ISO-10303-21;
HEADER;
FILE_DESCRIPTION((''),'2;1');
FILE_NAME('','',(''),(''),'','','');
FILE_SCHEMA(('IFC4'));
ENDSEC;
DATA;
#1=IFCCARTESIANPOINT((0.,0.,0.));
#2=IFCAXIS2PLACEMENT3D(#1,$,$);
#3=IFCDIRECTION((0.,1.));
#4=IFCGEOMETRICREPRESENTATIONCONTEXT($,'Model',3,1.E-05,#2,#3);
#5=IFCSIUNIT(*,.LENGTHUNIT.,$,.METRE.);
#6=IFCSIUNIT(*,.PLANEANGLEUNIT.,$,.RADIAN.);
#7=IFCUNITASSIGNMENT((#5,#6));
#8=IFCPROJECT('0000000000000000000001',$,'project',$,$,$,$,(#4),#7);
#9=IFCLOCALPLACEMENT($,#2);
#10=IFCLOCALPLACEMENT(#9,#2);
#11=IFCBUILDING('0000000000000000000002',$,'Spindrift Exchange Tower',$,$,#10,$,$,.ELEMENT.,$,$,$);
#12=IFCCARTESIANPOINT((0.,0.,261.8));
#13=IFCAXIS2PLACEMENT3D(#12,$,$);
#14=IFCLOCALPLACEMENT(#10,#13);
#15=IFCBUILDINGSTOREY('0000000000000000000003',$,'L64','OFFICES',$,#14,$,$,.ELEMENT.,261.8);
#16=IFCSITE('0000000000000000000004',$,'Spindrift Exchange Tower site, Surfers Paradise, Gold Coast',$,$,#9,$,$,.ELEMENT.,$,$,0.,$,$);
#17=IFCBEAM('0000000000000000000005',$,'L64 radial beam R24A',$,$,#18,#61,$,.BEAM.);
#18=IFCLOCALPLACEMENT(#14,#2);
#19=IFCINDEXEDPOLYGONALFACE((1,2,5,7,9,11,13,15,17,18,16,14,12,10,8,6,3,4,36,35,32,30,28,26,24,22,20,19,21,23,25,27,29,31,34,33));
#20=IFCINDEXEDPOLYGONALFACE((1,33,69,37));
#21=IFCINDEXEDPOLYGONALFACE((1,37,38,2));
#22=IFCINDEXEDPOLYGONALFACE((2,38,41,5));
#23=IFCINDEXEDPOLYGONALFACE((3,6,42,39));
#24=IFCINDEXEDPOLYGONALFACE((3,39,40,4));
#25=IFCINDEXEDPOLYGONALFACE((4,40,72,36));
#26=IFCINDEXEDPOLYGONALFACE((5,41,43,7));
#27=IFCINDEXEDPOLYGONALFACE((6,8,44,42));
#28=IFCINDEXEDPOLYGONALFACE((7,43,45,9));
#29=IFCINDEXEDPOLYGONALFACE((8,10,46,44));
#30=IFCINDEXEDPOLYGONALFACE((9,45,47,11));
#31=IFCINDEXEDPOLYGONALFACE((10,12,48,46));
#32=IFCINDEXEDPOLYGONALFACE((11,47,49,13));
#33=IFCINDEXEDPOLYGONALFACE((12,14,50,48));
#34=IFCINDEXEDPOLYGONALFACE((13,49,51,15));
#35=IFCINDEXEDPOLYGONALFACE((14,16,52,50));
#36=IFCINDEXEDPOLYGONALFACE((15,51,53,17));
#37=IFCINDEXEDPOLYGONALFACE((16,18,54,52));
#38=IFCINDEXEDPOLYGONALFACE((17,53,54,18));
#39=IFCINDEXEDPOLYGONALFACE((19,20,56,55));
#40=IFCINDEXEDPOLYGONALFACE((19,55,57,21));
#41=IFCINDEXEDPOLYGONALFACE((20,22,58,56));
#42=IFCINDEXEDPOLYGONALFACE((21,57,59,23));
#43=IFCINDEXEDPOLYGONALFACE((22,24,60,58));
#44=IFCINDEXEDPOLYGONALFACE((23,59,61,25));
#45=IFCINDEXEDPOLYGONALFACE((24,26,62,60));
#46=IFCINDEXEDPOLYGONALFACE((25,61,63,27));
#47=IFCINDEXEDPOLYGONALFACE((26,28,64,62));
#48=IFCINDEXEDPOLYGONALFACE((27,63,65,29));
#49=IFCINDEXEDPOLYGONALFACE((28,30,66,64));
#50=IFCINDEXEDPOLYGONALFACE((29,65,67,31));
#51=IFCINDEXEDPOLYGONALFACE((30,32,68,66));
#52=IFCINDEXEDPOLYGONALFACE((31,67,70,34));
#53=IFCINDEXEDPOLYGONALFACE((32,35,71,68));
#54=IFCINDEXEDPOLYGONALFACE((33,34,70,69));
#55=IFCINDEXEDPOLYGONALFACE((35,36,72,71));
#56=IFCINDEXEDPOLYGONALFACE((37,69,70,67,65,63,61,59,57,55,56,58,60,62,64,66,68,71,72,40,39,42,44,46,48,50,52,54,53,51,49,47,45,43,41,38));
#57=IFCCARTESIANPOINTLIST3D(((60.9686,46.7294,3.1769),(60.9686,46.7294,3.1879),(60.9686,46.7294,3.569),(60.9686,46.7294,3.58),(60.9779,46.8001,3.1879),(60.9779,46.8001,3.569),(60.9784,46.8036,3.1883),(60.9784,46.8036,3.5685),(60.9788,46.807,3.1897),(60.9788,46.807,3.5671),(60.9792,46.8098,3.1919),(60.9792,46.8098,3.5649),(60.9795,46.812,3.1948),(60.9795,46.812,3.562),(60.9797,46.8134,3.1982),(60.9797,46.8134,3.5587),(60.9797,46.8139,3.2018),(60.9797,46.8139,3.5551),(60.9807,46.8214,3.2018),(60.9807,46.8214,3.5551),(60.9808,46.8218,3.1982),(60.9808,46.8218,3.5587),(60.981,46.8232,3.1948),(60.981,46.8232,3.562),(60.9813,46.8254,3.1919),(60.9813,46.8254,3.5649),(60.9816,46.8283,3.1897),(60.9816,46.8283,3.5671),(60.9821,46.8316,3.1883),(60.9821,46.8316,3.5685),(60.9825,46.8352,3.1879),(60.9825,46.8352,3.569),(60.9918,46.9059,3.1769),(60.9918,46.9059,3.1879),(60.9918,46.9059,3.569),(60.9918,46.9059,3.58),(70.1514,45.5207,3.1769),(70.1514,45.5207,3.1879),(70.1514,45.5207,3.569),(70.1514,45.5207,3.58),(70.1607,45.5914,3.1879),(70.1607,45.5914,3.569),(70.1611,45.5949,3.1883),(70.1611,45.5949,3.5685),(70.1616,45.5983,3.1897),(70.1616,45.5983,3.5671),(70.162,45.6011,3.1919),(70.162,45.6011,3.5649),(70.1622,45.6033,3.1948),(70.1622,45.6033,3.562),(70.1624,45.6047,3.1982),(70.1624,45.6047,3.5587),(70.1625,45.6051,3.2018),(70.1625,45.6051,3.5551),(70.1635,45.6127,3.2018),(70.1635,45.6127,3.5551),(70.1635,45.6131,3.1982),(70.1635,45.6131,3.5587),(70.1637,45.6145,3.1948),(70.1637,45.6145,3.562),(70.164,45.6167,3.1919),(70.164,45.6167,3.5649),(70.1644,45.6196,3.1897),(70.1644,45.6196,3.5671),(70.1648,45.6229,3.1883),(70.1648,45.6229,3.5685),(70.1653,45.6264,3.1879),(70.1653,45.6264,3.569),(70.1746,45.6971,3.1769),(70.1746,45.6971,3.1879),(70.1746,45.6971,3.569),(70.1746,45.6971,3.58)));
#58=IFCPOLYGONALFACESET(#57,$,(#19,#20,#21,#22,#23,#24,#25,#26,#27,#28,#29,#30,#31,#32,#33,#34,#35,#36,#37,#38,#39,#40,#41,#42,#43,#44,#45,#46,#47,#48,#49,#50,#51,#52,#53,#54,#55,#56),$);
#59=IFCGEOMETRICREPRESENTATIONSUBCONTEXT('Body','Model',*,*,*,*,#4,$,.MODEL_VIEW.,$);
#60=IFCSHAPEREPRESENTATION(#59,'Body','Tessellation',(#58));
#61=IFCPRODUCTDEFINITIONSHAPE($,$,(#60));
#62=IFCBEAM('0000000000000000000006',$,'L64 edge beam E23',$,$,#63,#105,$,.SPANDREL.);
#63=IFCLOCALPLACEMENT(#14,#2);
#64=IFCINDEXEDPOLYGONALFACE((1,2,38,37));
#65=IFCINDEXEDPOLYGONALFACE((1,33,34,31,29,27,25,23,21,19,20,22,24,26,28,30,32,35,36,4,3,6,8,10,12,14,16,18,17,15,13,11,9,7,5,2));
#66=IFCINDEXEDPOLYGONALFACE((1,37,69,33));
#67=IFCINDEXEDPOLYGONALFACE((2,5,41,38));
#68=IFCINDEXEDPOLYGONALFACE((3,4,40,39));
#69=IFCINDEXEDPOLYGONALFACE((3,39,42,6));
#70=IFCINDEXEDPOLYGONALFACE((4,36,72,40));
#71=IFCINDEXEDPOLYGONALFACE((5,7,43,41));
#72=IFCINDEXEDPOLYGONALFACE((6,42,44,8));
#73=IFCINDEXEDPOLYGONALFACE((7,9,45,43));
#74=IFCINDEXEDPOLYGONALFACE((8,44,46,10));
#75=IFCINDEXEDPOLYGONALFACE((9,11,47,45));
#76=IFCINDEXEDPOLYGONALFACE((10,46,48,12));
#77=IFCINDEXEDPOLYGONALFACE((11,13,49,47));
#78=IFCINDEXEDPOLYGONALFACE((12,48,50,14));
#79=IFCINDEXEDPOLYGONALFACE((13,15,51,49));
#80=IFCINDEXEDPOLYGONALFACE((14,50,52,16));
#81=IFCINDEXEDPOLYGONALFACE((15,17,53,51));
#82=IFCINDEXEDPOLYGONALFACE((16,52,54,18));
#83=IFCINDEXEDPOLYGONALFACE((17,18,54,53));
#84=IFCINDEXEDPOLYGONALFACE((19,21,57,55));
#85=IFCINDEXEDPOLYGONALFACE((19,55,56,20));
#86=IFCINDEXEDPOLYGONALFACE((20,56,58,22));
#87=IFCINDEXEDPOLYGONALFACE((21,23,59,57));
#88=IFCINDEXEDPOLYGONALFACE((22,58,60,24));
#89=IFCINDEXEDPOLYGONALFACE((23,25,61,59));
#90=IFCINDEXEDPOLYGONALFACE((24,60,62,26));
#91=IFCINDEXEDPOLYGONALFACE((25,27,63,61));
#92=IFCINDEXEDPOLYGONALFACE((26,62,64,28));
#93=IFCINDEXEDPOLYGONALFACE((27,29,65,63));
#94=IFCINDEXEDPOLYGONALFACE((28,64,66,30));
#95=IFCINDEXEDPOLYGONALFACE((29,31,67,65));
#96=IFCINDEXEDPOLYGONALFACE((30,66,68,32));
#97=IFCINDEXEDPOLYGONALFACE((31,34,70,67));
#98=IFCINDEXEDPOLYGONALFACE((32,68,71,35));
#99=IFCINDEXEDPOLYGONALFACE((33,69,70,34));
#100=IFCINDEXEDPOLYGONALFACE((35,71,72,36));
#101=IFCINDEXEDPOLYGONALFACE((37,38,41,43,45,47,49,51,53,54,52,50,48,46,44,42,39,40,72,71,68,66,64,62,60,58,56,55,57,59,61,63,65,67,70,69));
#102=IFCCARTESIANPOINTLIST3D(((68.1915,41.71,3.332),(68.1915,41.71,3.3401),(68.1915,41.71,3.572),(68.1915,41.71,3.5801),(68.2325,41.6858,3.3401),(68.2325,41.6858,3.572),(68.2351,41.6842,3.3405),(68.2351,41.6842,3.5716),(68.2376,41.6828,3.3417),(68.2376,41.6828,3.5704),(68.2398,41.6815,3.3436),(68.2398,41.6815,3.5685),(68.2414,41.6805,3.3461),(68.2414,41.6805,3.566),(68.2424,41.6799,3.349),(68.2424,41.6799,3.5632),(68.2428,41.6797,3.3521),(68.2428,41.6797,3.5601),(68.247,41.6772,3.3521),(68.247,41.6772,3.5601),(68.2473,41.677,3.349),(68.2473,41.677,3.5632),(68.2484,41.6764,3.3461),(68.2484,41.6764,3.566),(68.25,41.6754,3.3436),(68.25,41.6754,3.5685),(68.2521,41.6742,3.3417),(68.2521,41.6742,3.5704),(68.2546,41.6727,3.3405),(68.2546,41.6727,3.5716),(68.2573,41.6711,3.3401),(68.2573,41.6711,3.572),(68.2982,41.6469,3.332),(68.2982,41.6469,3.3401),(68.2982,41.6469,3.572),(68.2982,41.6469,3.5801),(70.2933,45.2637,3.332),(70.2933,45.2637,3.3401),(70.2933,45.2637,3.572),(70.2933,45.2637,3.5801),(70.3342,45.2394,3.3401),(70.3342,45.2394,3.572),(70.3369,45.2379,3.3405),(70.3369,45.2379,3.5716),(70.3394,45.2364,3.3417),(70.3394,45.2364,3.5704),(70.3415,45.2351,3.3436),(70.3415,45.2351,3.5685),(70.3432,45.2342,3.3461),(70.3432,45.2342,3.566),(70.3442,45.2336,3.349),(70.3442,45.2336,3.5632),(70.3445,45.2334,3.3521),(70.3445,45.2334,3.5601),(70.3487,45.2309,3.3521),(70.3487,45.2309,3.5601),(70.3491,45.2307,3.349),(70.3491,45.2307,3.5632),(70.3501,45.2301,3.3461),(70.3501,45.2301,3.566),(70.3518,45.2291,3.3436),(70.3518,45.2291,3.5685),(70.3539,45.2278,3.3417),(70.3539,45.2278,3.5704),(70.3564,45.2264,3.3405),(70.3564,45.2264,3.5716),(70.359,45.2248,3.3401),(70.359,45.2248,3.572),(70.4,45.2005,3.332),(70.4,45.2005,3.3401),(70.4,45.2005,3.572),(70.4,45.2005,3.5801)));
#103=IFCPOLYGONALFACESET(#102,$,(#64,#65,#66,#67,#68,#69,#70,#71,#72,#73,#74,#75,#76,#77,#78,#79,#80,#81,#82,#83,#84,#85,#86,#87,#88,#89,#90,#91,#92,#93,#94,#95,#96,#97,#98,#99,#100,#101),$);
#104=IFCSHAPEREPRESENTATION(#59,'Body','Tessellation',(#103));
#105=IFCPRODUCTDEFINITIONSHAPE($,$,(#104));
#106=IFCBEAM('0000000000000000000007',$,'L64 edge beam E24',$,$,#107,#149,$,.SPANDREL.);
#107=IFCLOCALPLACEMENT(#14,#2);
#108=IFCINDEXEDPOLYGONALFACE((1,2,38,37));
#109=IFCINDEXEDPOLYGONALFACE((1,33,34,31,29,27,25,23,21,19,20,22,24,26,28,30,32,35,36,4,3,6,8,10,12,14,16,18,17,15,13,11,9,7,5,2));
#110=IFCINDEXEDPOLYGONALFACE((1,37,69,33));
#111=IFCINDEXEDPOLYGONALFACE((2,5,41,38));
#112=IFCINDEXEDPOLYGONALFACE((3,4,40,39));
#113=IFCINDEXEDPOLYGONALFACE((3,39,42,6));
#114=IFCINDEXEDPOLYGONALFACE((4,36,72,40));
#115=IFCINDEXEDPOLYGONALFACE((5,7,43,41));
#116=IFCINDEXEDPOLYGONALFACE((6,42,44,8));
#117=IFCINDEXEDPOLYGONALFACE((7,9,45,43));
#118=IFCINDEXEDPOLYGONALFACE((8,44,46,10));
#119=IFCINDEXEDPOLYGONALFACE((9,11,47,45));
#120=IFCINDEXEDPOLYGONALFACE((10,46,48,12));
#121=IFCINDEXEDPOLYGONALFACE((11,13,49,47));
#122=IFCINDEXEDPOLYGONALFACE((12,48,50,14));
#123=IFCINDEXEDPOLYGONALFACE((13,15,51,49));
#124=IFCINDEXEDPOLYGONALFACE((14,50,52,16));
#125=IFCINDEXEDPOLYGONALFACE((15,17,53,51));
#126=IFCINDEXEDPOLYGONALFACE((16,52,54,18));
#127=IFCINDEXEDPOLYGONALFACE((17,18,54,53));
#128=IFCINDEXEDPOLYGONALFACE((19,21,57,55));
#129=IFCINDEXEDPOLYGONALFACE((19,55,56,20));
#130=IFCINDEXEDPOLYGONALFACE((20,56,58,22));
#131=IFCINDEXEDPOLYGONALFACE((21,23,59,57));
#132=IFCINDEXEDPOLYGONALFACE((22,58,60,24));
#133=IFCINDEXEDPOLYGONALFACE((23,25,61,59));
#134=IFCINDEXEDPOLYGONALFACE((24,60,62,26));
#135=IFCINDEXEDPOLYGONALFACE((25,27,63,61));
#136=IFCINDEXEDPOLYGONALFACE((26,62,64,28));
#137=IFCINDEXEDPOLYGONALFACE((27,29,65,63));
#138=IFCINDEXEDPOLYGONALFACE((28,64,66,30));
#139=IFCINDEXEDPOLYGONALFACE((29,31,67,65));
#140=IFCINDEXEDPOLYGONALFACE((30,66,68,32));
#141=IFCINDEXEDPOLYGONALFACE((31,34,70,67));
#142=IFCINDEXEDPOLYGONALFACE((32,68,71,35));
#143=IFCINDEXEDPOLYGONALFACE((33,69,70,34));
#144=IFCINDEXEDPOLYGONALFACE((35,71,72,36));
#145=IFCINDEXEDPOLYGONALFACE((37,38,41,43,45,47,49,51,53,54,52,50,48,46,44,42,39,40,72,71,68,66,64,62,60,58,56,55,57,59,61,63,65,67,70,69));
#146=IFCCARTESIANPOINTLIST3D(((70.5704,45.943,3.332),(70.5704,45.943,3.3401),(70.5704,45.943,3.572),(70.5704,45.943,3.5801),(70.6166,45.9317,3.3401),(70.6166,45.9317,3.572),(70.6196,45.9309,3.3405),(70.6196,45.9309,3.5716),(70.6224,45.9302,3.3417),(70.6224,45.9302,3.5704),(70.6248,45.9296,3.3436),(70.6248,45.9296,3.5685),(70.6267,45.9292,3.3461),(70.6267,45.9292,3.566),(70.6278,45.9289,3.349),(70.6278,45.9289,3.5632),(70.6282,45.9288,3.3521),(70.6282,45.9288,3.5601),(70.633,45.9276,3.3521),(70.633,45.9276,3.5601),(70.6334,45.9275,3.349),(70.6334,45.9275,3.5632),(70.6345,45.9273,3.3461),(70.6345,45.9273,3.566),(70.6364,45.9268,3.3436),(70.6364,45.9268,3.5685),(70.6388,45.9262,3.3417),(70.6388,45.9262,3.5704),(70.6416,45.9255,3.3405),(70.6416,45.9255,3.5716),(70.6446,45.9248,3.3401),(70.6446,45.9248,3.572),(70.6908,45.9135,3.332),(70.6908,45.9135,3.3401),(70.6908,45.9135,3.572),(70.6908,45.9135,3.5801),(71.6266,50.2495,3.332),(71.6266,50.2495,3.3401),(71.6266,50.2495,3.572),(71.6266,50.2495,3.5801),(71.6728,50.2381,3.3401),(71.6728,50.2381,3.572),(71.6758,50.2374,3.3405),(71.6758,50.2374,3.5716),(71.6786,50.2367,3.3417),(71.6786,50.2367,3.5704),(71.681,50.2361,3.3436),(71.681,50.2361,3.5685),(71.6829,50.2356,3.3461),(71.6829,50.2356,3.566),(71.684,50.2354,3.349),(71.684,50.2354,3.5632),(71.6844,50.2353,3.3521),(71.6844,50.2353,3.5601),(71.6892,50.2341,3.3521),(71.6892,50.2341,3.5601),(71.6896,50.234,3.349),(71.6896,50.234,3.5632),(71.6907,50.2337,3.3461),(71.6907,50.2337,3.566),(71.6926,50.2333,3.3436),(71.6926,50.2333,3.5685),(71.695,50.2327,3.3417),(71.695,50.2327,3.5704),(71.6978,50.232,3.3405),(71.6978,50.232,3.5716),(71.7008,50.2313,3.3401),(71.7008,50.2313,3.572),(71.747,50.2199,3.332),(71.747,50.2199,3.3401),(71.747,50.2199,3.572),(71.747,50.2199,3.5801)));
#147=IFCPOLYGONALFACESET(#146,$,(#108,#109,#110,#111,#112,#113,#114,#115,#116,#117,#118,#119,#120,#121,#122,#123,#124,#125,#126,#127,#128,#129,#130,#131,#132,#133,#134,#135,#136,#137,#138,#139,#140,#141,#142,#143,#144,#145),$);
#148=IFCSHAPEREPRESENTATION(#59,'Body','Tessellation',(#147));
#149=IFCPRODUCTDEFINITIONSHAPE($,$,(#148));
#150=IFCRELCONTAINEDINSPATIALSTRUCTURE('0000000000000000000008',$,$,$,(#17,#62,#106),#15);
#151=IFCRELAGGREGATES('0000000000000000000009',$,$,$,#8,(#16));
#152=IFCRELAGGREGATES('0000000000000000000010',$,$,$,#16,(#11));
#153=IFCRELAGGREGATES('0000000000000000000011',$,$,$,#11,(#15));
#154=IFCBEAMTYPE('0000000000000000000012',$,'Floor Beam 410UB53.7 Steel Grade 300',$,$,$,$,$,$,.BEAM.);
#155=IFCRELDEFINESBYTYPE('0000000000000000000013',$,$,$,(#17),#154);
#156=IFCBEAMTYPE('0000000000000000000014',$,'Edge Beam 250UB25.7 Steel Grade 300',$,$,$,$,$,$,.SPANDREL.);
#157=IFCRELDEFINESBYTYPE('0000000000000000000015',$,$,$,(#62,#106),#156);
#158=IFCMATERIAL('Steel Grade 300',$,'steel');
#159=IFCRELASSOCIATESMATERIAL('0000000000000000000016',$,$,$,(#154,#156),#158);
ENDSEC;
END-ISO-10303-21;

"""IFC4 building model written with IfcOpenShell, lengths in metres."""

from ifc_helpers import new_model, si_unit, direction, frame, origin, origin_2d, place, context, subcontext, project, spatial, i_section, extrude, source, transform, mapped, material, material_profile, profile_set, type_object, element, save


model = new_model("IFC4")

# Units and contexts
model_context = context("Model", 3, precision=1e-05, world=origin(), true_north=direction((0.0, 1.0)))
body_context = subcontext(model_context, "Body", "Model", "MODEL_VIEW")
ifc_project = project(units=[si_unit("LENGTHUNIT", "METRE"), si_unit("PLANEANGLEUNIT", "RADIAN")], contexts=[model_context])

# Site, building, storey
site_placement = place(None, origin())
site = spatial("IfcSite", under=ifc_project, at=site_placement, Name="Spindrift Exchange Tower site, Surfers Paradise, Gold Coast", CompositionType="ELEMENT", RefElevation=0.0)
building_placement = place(site_placement, origin())
building = spatial("IfcBuilding", under=site, at=building_placement, Name="Spindrift Exchange Tower", CompositionType="ELEMENT")
storey_placement = place(building_placement, frame((0.0, 0.0, 261.8)))
storey = spatial("IfcBuildingStorey", under=building, at=storey_placement, Name="L64", Description="OFFICES", CompositionType="ELEMENT", Elevation=261.8)

# Beams
ifc_material_1 = material(Name="Steel Grade 300", Category="steel")
ifc_material_profile_1 = material_profile(ifc_material_1, i_section(OverallWidth=0.178, OverallDepth=0.4031, WebThickness=0.0076, FlangeThickness=0.011, FilletRadius=0.0139, at=origin_2d()), Name="410UB53.7")
ifc_profile_set_1 = profile_set([ifc_material_profile_1], Name="Steel Grade 300")
beam_type_1 = type_object("IfcBeamType", Name="Floor Beam 410UB53.7 Steel Grade 300", PredefinedType="BEAM", material=ifc_profile_set_1)
shared_shape_1 = source(origin(), body_context, "Body", "SweptSolid", [
    extrude(i_section(OverallWidth=0.178, OverallDepth=0.4031, WebThickness=0.0076, FlangeThickness=0.011, FilletRadius=0.0139, at=origin_2d()), origin(), (0.0, 0.0, 1.0), 9.262),
])
beam_1_placement = place(storey_placement, frame((60.9802, 46.8176, 3.3784), z_axis=(0.991448, -0.130504, 0.0), x_axis=(0.130504, 0.991448, 0.0)))
element("IfcBeam", 1, at=beam_1_placement, inside=storey, type_object=beam_type_1, Name="L64 radial beam R24A", PredefinedType="BEAM", context=body_context, shape_type="MappedRepresentation", body=[
    mapped(shared_shape_1, transform((0.0, 0.0, 0.0), scale=1.0)),
])
ifc_material_profile_2 = material_profile(ifc_material_1, i_section(OverallWidth=0.124, OverallDepth=0.248, WebThickness=0.0049, FlangeThickness=0.0081, FilletRadius=0.012, at=origin_2d()), Name="250UB25.7")
ifc_profile_set_2 = profile_set([ifc_material_profile_2], Name="Steel Grade 300")
beam_type_2 = type_object("IfcBeamType", Name="Edge Beam 250UB25.7 Steel Grade 300", PredefinedType="SPANDREL", material=ifc_profile_set_2)
shared_shape_2 = source(origin(), body_context, "Body", "SweptSolid", [
    extrude(i_section(OverallWidth=0.124, OverallDepth=0.248, WebThickness=0.0049, FlangeThickness=0.0081, FilletRadius=0.012, at=origin_2d()), origin(), (0.0, 0.0, 1.0), 4.1287),
])
beam_2_placement = place(storey_placement, frame((68.2449, 41.6785, 3.4561), z_axis=(0.509068, 0.860726, 0.0), x_axis=(-0.860726, 0.509068, 0.0)))
element("IfcBeam", 2, at=beam_2_placement, inside=storey, type_object=beam_type_2, Name="L64 edge beam E23", PredefinedType="SPANDREL", context=body_context, shape_type="MappedRepresentation", body=[
    mapped(shared_shape_2, transform((0.0, 0.0, 0.0), scale=1.0)),
])
shared_shape_3 = source(origin(), body_context, "Body", "SweptSolid", [
    extrude(i_section(OverallWidth=0.124, OverallDepth=0.248, WebThickness=0.0049, FlangeThickness=0.0081, FilletRadius=0.012, at=origin_2d()), origin(), (0.0, 0.0, 1.0), 4.4341),
])
beam_3_placement = place(storey_placement, frame((70.6306, 45.9282, 3.4561), z_axis=(0.238193, 0.971218, 0.0), x_axis=(-0.971218, 0.238193, 0.0)))
element("IfcBeam", 3, at=beam_3_placement, inside=storey, type_object=beam_type_2, Name="L64 edge beam E24", PredefinedType="SPANDREL", context=body_context, shape_type="MappedRepresentation", body=[
    mapped(shared_shape_3, transform((0.0, 0.0, 0.0), scale=1.0)),
])

save(model, "model.ifc")
